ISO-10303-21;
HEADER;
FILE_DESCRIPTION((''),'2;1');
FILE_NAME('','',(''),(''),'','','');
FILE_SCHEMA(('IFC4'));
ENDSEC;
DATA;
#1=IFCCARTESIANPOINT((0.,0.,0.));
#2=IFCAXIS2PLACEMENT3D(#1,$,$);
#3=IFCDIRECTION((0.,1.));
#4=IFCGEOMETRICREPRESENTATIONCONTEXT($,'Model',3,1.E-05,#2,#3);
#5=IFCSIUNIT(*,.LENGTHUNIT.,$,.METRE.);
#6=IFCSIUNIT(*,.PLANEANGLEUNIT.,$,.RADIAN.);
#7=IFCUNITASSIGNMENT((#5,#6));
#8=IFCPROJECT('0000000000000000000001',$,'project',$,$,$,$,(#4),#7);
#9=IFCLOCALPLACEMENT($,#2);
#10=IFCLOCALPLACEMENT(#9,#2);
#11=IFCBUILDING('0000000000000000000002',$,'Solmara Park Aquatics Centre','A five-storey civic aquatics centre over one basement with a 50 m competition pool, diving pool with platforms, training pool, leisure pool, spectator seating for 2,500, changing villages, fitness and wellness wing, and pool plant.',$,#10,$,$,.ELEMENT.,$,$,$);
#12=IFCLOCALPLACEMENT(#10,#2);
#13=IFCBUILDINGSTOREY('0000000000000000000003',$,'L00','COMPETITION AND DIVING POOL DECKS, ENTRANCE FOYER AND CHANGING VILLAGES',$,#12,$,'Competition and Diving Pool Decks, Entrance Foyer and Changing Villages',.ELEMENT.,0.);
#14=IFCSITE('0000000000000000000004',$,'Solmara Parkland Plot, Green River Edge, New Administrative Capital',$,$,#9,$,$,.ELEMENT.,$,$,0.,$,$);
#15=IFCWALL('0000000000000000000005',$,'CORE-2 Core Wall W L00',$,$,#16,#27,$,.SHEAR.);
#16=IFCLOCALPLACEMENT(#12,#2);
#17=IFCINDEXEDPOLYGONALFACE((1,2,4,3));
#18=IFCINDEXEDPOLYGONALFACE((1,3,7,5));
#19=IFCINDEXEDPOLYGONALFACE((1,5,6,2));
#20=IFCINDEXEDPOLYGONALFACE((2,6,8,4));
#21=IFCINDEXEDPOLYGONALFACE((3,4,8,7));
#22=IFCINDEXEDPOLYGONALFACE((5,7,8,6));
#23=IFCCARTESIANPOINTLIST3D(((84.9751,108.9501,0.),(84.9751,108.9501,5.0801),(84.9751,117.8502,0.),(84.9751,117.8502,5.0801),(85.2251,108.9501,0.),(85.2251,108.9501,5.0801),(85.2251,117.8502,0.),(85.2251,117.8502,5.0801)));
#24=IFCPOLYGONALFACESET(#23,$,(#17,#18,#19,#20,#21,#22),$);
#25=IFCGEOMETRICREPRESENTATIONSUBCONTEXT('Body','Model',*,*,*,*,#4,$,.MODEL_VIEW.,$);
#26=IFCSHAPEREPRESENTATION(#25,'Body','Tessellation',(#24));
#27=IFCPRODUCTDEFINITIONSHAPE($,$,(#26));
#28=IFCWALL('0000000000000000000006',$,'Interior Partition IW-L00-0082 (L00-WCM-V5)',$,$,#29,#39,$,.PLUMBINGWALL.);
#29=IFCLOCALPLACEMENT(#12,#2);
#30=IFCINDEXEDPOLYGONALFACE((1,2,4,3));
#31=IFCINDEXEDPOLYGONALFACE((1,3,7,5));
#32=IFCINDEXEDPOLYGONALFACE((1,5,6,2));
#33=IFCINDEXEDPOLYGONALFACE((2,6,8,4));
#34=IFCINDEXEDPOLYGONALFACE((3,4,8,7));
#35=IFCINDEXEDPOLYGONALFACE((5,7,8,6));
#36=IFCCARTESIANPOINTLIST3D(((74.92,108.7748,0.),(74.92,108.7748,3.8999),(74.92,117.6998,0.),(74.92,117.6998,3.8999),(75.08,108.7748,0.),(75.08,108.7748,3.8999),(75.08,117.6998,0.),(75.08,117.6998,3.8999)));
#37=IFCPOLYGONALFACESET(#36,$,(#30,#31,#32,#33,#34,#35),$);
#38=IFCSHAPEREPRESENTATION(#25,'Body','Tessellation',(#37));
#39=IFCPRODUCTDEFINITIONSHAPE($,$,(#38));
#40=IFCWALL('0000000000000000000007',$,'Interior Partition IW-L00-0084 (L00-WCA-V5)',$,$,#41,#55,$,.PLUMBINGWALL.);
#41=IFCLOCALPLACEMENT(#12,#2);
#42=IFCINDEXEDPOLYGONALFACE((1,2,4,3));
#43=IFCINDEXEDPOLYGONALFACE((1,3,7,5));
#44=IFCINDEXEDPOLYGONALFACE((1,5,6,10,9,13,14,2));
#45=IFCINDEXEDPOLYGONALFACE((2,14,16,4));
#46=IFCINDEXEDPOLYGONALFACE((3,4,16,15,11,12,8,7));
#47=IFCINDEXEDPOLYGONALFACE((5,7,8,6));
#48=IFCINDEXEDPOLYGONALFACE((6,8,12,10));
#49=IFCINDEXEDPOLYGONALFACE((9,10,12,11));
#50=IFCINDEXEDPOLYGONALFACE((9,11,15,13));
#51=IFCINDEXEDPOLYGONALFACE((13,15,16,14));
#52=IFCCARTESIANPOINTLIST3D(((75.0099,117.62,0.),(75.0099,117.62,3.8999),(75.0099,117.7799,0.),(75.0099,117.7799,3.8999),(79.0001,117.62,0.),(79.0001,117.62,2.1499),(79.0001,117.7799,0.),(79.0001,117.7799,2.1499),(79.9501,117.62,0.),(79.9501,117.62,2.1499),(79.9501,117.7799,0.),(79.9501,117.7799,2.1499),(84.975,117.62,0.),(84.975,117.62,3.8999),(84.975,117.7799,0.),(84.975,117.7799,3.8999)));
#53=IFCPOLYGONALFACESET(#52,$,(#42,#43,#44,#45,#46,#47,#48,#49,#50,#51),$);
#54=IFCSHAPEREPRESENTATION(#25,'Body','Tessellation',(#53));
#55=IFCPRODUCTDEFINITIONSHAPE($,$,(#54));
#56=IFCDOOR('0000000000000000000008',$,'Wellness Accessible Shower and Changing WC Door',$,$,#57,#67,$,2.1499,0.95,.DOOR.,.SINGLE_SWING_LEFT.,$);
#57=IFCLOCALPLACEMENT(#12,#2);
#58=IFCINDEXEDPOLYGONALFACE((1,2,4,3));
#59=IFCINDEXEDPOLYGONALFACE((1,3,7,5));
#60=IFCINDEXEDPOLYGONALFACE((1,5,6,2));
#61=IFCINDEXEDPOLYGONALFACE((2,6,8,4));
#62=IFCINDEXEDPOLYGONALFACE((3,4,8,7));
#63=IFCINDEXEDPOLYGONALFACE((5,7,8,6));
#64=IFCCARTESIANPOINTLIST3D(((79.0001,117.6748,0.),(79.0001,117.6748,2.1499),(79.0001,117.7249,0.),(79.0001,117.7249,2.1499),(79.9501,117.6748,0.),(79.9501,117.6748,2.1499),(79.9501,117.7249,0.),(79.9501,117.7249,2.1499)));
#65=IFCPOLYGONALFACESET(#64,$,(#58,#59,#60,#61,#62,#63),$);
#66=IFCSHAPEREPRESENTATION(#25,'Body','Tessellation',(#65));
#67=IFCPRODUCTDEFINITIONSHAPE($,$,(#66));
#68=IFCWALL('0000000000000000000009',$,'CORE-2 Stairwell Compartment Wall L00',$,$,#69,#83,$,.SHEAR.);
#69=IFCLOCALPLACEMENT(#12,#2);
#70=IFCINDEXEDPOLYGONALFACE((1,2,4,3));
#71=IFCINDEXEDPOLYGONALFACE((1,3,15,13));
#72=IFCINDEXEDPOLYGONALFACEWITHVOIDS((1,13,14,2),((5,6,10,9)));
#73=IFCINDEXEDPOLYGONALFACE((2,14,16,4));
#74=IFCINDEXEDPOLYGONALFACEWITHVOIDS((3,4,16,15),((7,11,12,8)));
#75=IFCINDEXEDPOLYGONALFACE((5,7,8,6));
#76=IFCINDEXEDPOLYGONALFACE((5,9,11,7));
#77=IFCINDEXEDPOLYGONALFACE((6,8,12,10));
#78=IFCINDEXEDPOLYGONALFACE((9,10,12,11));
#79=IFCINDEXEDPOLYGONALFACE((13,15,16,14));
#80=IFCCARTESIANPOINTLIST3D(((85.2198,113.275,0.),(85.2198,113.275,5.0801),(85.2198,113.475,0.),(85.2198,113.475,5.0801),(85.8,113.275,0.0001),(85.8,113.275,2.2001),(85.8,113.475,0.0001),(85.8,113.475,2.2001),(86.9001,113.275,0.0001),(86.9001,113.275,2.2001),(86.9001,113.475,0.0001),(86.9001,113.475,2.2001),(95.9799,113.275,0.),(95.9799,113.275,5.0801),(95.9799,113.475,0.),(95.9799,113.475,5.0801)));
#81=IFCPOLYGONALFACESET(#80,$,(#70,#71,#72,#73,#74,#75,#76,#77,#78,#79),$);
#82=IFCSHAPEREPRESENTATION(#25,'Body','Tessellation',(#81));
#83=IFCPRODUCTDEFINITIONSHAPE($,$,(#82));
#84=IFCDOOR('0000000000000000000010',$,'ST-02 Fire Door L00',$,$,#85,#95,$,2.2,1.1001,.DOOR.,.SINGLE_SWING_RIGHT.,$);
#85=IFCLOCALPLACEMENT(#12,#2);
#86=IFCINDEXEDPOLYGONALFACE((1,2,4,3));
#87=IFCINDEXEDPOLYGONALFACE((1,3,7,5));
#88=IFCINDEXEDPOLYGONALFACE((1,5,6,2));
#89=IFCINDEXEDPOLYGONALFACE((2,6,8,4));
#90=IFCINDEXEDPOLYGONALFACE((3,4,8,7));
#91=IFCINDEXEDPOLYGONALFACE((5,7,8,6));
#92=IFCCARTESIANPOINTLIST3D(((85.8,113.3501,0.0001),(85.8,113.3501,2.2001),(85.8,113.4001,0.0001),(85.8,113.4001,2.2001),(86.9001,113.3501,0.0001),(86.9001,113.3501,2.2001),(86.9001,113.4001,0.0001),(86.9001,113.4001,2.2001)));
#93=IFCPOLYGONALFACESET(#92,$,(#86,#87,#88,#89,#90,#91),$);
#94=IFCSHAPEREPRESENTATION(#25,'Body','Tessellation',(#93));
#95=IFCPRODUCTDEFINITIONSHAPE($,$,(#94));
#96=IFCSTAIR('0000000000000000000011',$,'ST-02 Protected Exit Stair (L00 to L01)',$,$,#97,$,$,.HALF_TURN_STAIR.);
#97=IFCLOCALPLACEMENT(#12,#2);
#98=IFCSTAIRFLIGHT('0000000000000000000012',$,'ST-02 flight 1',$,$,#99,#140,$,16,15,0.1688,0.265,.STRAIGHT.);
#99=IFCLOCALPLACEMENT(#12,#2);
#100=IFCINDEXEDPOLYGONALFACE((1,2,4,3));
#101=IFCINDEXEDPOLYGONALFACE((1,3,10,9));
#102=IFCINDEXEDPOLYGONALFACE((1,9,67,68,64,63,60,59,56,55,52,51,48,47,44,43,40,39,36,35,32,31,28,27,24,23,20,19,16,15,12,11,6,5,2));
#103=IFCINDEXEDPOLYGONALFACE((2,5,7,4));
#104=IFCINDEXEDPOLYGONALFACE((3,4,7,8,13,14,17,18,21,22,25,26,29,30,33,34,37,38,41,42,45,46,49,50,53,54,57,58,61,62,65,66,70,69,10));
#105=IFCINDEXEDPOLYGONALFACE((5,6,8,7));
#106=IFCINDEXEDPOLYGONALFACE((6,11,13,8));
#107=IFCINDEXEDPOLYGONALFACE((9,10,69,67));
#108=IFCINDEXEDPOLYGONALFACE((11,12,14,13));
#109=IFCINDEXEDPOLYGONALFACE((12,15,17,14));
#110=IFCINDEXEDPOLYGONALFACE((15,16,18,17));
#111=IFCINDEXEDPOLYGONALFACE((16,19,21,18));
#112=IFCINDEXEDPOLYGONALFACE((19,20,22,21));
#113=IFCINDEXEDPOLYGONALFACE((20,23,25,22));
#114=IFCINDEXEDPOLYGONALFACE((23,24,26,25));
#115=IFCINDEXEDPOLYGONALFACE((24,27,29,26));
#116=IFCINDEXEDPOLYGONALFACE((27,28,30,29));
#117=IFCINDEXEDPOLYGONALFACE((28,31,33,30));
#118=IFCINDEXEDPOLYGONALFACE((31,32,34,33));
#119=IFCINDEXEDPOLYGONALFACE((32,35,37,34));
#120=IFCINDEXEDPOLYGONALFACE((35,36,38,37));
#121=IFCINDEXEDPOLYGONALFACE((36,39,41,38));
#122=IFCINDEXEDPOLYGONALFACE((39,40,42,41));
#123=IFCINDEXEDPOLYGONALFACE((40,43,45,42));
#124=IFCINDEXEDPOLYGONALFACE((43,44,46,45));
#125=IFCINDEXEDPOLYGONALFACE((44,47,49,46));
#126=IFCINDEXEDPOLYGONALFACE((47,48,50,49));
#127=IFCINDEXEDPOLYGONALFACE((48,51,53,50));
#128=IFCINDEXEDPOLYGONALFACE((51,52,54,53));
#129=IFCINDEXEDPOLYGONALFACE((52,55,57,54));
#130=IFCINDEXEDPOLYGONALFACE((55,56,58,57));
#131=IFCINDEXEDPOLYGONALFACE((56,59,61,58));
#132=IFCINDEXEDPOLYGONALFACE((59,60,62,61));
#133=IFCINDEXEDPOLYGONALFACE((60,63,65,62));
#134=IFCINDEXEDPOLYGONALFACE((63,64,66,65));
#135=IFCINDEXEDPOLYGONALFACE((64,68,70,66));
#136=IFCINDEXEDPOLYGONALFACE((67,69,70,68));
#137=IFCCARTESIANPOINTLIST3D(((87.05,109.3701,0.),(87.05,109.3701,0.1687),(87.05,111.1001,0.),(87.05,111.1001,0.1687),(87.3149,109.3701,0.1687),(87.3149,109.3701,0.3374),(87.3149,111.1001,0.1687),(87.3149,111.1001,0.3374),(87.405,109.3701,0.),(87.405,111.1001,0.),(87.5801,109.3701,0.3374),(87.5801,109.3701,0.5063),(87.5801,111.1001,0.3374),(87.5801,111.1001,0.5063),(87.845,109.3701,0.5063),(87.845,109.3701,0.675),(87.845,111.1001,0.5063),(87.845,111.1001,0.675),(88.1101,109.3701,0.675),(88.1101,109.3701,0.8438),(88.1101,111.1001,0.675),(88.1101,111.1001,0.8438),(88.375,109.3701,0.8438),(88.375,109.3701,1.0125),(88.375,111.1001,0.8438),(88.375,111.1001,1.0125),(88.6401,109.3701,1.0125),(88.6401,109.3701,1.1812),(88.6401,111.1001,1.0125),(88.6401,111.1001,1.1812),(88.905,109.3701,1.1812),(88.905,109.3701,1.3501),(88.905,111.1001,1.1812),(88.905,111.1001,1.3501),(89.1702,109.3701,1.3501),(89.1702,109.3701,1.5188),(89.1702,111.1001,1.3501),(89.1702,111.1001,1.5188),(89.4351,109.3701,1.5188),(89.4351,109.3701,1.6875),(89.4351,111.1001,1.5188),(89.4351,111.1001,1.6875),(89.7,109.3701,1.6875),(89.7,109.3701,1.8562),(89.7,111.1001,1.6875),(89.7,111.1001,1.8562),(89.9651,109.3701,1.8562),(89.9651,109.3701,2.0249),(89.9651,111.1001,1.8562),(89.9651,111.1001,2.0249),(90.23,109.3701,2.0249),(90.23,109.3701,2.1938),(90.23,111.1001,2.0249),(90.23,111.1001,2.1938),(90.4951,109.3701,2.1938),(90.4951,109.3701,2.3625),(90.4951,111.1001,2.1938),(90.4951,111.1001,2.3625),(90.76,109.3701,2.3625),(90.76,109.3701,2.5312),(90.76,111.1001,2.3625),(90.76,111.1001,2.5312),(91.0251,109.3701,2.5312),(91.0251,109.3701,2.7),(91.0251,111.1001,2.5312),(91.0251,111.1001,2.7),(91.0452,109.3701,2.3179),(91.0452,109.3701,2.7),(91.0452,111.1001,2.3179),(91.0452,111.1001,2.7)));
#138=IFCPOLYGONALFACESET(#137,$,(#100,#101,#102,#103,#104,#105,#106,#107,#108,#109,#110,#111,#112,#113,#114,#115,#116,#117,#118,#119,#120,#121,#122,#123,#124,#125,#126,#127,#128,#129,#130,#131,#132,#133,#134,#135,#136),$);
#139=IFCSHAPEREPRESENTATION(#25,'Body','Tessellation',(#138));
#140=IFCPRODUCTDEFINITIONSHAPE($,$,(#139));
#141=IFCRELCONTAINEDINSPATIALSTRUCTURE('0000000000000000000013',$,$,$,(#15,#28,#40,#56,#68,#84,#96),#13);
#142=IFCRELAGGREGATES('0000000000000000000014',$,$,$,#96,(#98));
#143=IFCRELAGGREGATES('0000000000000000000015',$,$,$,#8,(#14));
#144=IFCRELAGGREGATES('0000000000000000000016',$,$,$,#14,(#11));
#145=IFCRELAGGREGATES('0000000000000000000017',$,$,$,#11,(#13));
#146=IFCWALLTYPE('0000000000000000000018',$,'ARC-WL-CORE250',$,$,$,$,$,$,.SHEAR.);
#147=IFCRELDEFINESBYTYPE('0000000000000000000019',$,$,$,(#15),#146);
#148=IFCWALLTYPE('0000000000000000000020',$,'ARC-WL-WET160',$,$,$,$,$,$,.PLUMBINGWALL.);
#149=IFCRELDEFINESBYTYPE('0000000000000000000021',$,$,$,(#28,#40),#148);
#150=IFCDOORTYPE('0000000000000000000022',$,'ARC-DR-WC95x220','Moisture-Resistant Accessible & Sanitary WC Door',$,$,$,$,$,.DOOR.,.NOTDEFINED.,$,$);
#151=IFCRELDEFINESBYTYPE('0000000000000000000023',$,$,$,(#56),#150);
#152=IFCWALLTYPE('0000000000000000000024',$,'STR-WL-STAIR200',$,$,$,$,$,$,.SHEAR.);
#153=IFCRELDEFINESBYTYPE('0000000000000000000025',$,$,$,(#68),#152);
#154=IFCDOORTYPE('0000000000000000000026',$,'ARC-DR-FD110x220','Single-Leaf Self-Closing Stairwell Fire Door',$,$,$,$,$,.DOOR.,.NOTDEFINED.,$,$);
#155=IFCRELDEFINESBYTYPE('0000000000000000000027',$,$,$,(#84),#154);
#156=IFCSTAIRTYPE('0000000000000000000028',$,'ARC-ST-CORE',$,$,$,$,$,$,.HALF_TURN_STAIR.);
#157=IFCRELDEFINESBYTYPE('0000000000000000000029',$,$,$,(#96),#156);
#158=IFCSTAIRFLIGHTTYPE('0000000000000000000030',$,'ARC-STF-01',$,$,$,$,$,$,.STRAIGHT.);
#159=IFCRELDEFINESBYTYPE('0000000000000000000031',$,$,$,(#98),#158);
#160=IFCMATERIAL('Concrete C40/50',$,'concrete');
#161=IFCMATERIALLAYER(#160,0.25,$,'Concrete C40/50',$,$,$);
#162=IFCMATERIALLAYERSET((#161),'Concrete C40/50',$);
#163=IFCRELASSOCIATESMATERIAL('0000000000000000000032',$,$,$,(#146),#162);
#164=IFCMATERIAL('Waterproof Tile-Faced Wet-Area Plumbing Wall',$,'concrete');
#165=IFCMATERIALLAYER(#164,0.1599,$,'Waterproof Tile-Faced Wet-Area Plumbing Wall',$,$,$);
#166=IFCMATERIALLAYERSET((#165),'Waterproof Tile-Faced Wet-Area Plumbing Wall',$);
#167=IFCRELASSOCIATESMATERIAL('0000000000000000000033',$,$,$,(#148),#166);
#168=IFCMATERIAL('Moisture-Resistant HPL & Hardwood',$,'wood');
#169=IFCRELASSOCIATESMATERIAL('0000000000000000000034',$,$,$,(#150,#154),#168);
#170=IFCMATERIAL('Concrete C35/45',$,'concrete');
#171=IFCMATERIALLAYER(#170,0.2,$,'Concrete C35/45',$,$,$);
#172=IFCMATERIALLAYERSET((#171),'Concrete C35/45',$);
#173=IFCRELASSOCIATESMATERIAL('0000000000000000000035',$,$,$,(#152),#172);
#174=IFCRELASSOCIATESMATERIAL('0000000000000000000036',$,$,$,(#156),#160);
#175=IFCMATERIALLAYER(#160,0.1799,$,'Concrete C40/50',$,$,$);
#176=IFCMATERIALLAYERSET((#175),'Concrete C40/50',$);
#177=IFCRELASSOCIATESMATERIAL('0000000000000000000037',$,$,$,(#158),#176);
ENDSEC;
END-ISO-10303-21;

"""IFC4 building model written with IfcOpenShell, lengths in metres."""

from ifc_helpers import new_model, si_unit, direction, frame, frame_2d, origin, place, context, subcontext, project, spatial, polyline, rectangle, outline, extrude, material, layer, layer_set, type_object, element, fill, aggregate, save


model = new_model("IFC4")

# Units and contexts
model_context = context("Model", 3, precision=1e-05, world=origin(), true_north=direction((0.0, 1.0)))
body_context = subcontext(model_context, "Body", "Model", "MODEL_VIEW")
ifc_project = project(units=[si_unit("LENGTHUNIT", "METRE"), si_unit("PLANEANGLEUNIT", "RADIAN")], contexts=[model_context])

# Site, building, storey
site_placement = place(None, origin())
site = spatial("IfcSite", under=ifc_project, at=site_placement, Name="Solmara Parkland Plot, Green River Edge, New Administrative Capital", CompositionType="ELEMENT", RefElevation=0.0)
building_placement = place(site_placement, origin())
building = spatial("IfcBuilding", under=site, at=building_placement, Name="Solmara Park Aquatics Centre", Description="A five-storey civic aquatics centre over one basement with a 50 m competition pool, diving pool with platforms, training pool, leisure pool, spectator seating for 2,500, changing villages, fitness and wellness wing, and pool plant.", CompositionType="ELEMENT")
storey_placement = place(building_placement, origin())
storey = spatial("IfcBuildingStorey", under=building, at=storey_placement, Name="L00", Description="COMPETITION AND DIVING POOL DECKS, ENTRANCE FOYER AND CHANGING VILLAGES", LongName="Competition and Diving Pool Decks, Entrance Foyer and Changing Villages", CompositionType="ELEMENT", Elevation=0.0)

# Shared definitions
ifc_material_1 = material(Name="Concrete C40/50", Category="concrete")

# Shared definitions
ifc_layer_1 = layer(ifc_material_1, 0.25, Name="Concrete C40/50")
ifc_layer_set_1 = layer_set([ifc_layer_1], Name="Concrete C40/50")
wall_type_1 = type_object("IfcWallType", Name="ARC-WL-CORE250", PredefinedType="SHEAR", material=ifc_layer_set_1)

# Shared definitions
ifc_material_2 = material(Name="Moisture-Resistant HPL & Hardwood", Category="wood")

# Walls
wall_1_placement = place(storey_placement, frame((85.1001, 108.95, 0.0), z_axis=(0.0, 0.0, 1.0), x_axis=(0.0, 1.0, 0.0)))
element("IfcWall", 1, at=wall_1_placement, inside=storey, type_object=wall_type_1, Name="CORE-2 Core Wall W L00", PredefinedType="SHEAR", context=body_context, shape_type="SweptSolid", body=[
    extrude(rectangle(XDim=8.9001, YDim=0.25, at=frame_2d((4.4502, 0.0))), origin(), (0.0, 0.0, 1.0), 5.0801),
])
ifc_material_3 = material(Name="Waterproof Tile-Faced Wet-Area Plumbing Wall", Category="concrete")
ifc_layer_2 = layer(ifc_material_3, 0.1599, Name="Waterproof Tile-Faced Wet-Area Plumbing Wall")
ifc_layer_set_2 = layer_set([ifc_layer_2], Name="Waterproof Tile-Faced Wet-Area Plumbing Wall")
wall_type_2 = type_object("IfcWallType", Name="ARC-WL-WET160", PredefinedType="PLUMBINGWALL", material=ifc_layer_set_2)
wall_2_placement = place(storey_placement, frame((75.0, 108.7749, 0.0), z_axis=(0.0, 0.0, 1.0), x_axis=(0.0, 1.0, 0.0)))
element("IfcWall", 2, at=wall_2_placement, inside=storey, type_object=wall_type_2, Name="Interior Partition IW-L00-0082 (L00-WCM-V5)", PredefinedType="PLUMBINGWALL", context=body_context, shape_type="SweptSolid", body=[
    extrude(rectangle(XDim=8.925, YDim=0.1599, at=frame_2d((4.4624, 0.0))), origin(), (0.0, 0.0, 1.0), 3.8999),
])

# Walls, openings, doors
wall_3_placement = place(storey_placement, frame((75.01, 117.7, 0.0), z_axis=(0.0, 0.0, 1.0), x_axis=(1.0, 0.0, 0.0)))
wall_3 = element("IfcWall", 3, at=wall_3_placement, inside=storey, type_object=wall_type_2, Name="Interior Partition IW-L00-0084 (L00-WCA-V5)", PredefinedType="PLUMBINGWALL", context=body_context, shape_type="SweptSolid", body=[
    extrude(rectangle(XDim=9.9651, YDim=0.1599, at=frame_2d((4.9824, 0.0))), origin(), (0.0, 0.0, 1.0), 3.8999),
])
opening_1_placement = place(wall_3_placement, frame((3.99, 0.0, 0.0)))
opening_1 = element("IfcOpeningElement", 4, at=opening_1_placement, cuts=wall_3, PredefinedType="OPENING", context=body_context, shape_type="SweptSolid", body=[
    extrude(rectangle(XDim=0.95, YDim=2.1499, at=frame_2d((0.4751, 1.075))), frame((0.0, 0.0898, 0.0), z_axis=(0.0, -1.0, 0.0), x_axis=(1.0, 0.0, 0.0)), (0.0, 0.0, 1.0), 0.1799),
])
door_type_1 = type_object("IfcDoorType", Name="ARC-DR-WC95x220", Description="Moisture-Resistant Accessible & Sanitary WC Door", OperationType="NOTDEFINED", PredefinedType="DOOR", material=ifc_material_2)
door_1_placement = place(opening_1_placement, origin())
door_1 = element("IfcDoor", 5, at=door_1_placement, inside=storey, type_object=door_type_1, Name="Wellness Accessible Shower and Changing WC Door", OperationType="SINGLE_SWING_LEFT", OverallHeight=2.1499, OverallWidth=0.95, PredefinedType="DOOR", context=body_context, shape_type="SweptSolid", body=[
    extrude(rectangle(XDim=0.95, YDim=2.1499, at=frame_2d((0.4751, 1.075))), frame((0.0, 0.0249, 0.0), z_axis=(0.0, -1.0, 0.0), x_axis=(1.0, 0.0, 0.0)), (0.0, 0.0, 1.0), 0.05),
])
fill(opening_1, door_1)
ifc_material_4 = material(Name="Concrete C35/45", Category="concrete")
ifc_layer_3 = layer(ifc_material_4, 0.2, Name="Concrete C35/45")
ifc_layer_set_3 = layer_set([ifc_layer_3], Name="Concrete C35/45")
wall_type_3 = type_object("IfcWallType", Name="STR-WL-STAIR200", PredefinedType="SHEAR", material=ifc_layer_set_3)
wall_4_placement = place(storey_placement, frame((85.22, 113.375, 0.0), z_axis=(0.0, 0.0, 1.0), x_axis=(1.0, 0.0, 0.0)))
wall_4 = element("IfcWall", 6, at=wall_4_placement, inside=storey, type_object=wall_type_3, Name="CORE-2 Stairwell Compartment Wall L00", PredefinedType="SHEAR", context=body_context, shape_type="SweptSolid", body=[
    extrude(rectangle(XDim=10.76, YDim=0.2, at=frame_2d((5.3799, 0.0))), origin(), (0.0, 0.0, 1.0), 5.0801),
])
opening_2_placement = place(wall_4_placement, frame((0.5801, 0.0, 0.0)))
opening_2 = element("IfcOpeningElement", 7, at=opening_2_placement, cuts=wall_4, PredefinedType="OPENING", context=body_context, shape_type="SweptSolid", body=[
    extrude(rectangle(XDim=1.1001, YDim=2.2, at=frame_2d((0.55, 1.1001))), frame((0.0, 0.1099, 0.0), z_axis=(0.0, -1.0, 0.0), x_axis=(1.0, 0.0, 0.0)), (0.0, 0.0, 1.0), 0.22),
])
door_type_2 = type_object("IfcDoorType", Name="ARC-DR-FD110x220", Description="Single-Leaf Self-Closing Stairwell Fire Door", OperationType="NOTDEFINED", PredefinedType="DOOR", material=ifc_material_2)
door_2_placement = place(opening_2_placement, frame((1.1001, 0.0, 0.0), z_axis=(0.0, 0.0, 1.0), x_axis=(-1.0, 0.0, 0.0)))
door_2 = element("IfcDoor", 8, at=door_2_placement, inside=storey, type_object=door_type_2, Name="ST-02 Fire Door L00", OperationType="SINGLE_SWING_RIGHT", OverallHeight=2.2, OverallWidth=1.1001, PredefinedType="DOOR", context=body_context, shape_type="SweptSolid", body=[
    extrude(rectangle(XDim=1.1001, YDim=2.2, at=frame_2d((0.55, 1.1001))), frame((0.0, 0.0249, 0.0), z_axis=(0.0, -1.0, 0.0), x_axis=(1.0, 0.0, 0.0)), (0.0, 0.0, 1.0), 0.05),
])
fill(opening_2, door_2)

# Stair, stair flight
stair_type = type_object("IfcStairType", Name="ARC-ST-CORE", PredefinedType="HALF_TURN_STAIR", material=ifc_material_1)
stair_placement = place(storey_placement, origin())
stair = element("IfcStair", 9, at=stair_placement, inside=storey, type_object=stair_type, Name="ST-02 Protected Exit Stair (L00 to L01)", PredefinedType="HALF_TURN_STAIR")
ifc_layer_4 = layer(ifc_material_1, 0.1799, Name="Concrete C40/50")
ifc_layer_set_4 = layer_set([ifc_layer_4], Name="Concrete C40/50")
stair_flight_type = type_object("IfcStairFlightType", Name="ARC-STF-01", PredefinedType="STRAIGHT", material=ifc_layer_set_4)
stair_flight_placement = place(storey_placement, frame((87.05, 110.2351, 0.0), z_axis=(0.0, 0.0, 1.0), x_axis=(1.0, 0.0, 0.0)))
stair_flight = element("IfcStairFlight", 10, at=stair_flight_placement, type_object=stair_flight_type, Name="ST-02 flight 1", NumberOfRisers=16, NumberOfTreads=15, PredefinedType="STRAIGHT", RiserHeight=0.1688, TreadLength=0.265, context=body_context, shape_type="SweptSolid", body=[
    extrude(outline(polyline([(0.0, 0.0), (0.0, 0.1687), (0.2649, 0.1687), (0.2649, 0.3374), (0.53, 0.3374), (0.53, 0.5063), (0.7949, 0.5063), (0.7949, 0.675), (1.0601, 0.675), (1.0601, 0.8438), (1.325, 0.8438), (1.325, 1.0125), (1.5901, 1.0125), (1.5901, 1.1812), (1.855, 1.1812), (1.855, 1.3501), (2.1201, 1.3501), (2.1201, 1.5188), (2.385, 1.5188), (2.385, 1.6875), (2.6499, 1.6875), (2.6499, 1.8562), (2.915, 1.8562), (2.915, 2.0249), (3.1799, 2.0249), (3.1799, 2.1938), (3.4451, 2.1938), (3.4451, 2.3625), (3.71, 2.3625), (3.71, 2.5312), (3.9751, 2.5312), (3.9751, 2.7), (3.9951, 2.7), (3.9951, 2.3179), (0.355, 0.0), (0.0, 0.0)])), frame((0.0, 0.865, 0.0), z_axis=(0.0, -1.0, 0.0), x_axis=(1.0, 0.0, 0.0)), (0.0, 0.0, 1.0), 1.73),
])
aggregate(stair, [stair_flight])

save(model, "model.ifc")
